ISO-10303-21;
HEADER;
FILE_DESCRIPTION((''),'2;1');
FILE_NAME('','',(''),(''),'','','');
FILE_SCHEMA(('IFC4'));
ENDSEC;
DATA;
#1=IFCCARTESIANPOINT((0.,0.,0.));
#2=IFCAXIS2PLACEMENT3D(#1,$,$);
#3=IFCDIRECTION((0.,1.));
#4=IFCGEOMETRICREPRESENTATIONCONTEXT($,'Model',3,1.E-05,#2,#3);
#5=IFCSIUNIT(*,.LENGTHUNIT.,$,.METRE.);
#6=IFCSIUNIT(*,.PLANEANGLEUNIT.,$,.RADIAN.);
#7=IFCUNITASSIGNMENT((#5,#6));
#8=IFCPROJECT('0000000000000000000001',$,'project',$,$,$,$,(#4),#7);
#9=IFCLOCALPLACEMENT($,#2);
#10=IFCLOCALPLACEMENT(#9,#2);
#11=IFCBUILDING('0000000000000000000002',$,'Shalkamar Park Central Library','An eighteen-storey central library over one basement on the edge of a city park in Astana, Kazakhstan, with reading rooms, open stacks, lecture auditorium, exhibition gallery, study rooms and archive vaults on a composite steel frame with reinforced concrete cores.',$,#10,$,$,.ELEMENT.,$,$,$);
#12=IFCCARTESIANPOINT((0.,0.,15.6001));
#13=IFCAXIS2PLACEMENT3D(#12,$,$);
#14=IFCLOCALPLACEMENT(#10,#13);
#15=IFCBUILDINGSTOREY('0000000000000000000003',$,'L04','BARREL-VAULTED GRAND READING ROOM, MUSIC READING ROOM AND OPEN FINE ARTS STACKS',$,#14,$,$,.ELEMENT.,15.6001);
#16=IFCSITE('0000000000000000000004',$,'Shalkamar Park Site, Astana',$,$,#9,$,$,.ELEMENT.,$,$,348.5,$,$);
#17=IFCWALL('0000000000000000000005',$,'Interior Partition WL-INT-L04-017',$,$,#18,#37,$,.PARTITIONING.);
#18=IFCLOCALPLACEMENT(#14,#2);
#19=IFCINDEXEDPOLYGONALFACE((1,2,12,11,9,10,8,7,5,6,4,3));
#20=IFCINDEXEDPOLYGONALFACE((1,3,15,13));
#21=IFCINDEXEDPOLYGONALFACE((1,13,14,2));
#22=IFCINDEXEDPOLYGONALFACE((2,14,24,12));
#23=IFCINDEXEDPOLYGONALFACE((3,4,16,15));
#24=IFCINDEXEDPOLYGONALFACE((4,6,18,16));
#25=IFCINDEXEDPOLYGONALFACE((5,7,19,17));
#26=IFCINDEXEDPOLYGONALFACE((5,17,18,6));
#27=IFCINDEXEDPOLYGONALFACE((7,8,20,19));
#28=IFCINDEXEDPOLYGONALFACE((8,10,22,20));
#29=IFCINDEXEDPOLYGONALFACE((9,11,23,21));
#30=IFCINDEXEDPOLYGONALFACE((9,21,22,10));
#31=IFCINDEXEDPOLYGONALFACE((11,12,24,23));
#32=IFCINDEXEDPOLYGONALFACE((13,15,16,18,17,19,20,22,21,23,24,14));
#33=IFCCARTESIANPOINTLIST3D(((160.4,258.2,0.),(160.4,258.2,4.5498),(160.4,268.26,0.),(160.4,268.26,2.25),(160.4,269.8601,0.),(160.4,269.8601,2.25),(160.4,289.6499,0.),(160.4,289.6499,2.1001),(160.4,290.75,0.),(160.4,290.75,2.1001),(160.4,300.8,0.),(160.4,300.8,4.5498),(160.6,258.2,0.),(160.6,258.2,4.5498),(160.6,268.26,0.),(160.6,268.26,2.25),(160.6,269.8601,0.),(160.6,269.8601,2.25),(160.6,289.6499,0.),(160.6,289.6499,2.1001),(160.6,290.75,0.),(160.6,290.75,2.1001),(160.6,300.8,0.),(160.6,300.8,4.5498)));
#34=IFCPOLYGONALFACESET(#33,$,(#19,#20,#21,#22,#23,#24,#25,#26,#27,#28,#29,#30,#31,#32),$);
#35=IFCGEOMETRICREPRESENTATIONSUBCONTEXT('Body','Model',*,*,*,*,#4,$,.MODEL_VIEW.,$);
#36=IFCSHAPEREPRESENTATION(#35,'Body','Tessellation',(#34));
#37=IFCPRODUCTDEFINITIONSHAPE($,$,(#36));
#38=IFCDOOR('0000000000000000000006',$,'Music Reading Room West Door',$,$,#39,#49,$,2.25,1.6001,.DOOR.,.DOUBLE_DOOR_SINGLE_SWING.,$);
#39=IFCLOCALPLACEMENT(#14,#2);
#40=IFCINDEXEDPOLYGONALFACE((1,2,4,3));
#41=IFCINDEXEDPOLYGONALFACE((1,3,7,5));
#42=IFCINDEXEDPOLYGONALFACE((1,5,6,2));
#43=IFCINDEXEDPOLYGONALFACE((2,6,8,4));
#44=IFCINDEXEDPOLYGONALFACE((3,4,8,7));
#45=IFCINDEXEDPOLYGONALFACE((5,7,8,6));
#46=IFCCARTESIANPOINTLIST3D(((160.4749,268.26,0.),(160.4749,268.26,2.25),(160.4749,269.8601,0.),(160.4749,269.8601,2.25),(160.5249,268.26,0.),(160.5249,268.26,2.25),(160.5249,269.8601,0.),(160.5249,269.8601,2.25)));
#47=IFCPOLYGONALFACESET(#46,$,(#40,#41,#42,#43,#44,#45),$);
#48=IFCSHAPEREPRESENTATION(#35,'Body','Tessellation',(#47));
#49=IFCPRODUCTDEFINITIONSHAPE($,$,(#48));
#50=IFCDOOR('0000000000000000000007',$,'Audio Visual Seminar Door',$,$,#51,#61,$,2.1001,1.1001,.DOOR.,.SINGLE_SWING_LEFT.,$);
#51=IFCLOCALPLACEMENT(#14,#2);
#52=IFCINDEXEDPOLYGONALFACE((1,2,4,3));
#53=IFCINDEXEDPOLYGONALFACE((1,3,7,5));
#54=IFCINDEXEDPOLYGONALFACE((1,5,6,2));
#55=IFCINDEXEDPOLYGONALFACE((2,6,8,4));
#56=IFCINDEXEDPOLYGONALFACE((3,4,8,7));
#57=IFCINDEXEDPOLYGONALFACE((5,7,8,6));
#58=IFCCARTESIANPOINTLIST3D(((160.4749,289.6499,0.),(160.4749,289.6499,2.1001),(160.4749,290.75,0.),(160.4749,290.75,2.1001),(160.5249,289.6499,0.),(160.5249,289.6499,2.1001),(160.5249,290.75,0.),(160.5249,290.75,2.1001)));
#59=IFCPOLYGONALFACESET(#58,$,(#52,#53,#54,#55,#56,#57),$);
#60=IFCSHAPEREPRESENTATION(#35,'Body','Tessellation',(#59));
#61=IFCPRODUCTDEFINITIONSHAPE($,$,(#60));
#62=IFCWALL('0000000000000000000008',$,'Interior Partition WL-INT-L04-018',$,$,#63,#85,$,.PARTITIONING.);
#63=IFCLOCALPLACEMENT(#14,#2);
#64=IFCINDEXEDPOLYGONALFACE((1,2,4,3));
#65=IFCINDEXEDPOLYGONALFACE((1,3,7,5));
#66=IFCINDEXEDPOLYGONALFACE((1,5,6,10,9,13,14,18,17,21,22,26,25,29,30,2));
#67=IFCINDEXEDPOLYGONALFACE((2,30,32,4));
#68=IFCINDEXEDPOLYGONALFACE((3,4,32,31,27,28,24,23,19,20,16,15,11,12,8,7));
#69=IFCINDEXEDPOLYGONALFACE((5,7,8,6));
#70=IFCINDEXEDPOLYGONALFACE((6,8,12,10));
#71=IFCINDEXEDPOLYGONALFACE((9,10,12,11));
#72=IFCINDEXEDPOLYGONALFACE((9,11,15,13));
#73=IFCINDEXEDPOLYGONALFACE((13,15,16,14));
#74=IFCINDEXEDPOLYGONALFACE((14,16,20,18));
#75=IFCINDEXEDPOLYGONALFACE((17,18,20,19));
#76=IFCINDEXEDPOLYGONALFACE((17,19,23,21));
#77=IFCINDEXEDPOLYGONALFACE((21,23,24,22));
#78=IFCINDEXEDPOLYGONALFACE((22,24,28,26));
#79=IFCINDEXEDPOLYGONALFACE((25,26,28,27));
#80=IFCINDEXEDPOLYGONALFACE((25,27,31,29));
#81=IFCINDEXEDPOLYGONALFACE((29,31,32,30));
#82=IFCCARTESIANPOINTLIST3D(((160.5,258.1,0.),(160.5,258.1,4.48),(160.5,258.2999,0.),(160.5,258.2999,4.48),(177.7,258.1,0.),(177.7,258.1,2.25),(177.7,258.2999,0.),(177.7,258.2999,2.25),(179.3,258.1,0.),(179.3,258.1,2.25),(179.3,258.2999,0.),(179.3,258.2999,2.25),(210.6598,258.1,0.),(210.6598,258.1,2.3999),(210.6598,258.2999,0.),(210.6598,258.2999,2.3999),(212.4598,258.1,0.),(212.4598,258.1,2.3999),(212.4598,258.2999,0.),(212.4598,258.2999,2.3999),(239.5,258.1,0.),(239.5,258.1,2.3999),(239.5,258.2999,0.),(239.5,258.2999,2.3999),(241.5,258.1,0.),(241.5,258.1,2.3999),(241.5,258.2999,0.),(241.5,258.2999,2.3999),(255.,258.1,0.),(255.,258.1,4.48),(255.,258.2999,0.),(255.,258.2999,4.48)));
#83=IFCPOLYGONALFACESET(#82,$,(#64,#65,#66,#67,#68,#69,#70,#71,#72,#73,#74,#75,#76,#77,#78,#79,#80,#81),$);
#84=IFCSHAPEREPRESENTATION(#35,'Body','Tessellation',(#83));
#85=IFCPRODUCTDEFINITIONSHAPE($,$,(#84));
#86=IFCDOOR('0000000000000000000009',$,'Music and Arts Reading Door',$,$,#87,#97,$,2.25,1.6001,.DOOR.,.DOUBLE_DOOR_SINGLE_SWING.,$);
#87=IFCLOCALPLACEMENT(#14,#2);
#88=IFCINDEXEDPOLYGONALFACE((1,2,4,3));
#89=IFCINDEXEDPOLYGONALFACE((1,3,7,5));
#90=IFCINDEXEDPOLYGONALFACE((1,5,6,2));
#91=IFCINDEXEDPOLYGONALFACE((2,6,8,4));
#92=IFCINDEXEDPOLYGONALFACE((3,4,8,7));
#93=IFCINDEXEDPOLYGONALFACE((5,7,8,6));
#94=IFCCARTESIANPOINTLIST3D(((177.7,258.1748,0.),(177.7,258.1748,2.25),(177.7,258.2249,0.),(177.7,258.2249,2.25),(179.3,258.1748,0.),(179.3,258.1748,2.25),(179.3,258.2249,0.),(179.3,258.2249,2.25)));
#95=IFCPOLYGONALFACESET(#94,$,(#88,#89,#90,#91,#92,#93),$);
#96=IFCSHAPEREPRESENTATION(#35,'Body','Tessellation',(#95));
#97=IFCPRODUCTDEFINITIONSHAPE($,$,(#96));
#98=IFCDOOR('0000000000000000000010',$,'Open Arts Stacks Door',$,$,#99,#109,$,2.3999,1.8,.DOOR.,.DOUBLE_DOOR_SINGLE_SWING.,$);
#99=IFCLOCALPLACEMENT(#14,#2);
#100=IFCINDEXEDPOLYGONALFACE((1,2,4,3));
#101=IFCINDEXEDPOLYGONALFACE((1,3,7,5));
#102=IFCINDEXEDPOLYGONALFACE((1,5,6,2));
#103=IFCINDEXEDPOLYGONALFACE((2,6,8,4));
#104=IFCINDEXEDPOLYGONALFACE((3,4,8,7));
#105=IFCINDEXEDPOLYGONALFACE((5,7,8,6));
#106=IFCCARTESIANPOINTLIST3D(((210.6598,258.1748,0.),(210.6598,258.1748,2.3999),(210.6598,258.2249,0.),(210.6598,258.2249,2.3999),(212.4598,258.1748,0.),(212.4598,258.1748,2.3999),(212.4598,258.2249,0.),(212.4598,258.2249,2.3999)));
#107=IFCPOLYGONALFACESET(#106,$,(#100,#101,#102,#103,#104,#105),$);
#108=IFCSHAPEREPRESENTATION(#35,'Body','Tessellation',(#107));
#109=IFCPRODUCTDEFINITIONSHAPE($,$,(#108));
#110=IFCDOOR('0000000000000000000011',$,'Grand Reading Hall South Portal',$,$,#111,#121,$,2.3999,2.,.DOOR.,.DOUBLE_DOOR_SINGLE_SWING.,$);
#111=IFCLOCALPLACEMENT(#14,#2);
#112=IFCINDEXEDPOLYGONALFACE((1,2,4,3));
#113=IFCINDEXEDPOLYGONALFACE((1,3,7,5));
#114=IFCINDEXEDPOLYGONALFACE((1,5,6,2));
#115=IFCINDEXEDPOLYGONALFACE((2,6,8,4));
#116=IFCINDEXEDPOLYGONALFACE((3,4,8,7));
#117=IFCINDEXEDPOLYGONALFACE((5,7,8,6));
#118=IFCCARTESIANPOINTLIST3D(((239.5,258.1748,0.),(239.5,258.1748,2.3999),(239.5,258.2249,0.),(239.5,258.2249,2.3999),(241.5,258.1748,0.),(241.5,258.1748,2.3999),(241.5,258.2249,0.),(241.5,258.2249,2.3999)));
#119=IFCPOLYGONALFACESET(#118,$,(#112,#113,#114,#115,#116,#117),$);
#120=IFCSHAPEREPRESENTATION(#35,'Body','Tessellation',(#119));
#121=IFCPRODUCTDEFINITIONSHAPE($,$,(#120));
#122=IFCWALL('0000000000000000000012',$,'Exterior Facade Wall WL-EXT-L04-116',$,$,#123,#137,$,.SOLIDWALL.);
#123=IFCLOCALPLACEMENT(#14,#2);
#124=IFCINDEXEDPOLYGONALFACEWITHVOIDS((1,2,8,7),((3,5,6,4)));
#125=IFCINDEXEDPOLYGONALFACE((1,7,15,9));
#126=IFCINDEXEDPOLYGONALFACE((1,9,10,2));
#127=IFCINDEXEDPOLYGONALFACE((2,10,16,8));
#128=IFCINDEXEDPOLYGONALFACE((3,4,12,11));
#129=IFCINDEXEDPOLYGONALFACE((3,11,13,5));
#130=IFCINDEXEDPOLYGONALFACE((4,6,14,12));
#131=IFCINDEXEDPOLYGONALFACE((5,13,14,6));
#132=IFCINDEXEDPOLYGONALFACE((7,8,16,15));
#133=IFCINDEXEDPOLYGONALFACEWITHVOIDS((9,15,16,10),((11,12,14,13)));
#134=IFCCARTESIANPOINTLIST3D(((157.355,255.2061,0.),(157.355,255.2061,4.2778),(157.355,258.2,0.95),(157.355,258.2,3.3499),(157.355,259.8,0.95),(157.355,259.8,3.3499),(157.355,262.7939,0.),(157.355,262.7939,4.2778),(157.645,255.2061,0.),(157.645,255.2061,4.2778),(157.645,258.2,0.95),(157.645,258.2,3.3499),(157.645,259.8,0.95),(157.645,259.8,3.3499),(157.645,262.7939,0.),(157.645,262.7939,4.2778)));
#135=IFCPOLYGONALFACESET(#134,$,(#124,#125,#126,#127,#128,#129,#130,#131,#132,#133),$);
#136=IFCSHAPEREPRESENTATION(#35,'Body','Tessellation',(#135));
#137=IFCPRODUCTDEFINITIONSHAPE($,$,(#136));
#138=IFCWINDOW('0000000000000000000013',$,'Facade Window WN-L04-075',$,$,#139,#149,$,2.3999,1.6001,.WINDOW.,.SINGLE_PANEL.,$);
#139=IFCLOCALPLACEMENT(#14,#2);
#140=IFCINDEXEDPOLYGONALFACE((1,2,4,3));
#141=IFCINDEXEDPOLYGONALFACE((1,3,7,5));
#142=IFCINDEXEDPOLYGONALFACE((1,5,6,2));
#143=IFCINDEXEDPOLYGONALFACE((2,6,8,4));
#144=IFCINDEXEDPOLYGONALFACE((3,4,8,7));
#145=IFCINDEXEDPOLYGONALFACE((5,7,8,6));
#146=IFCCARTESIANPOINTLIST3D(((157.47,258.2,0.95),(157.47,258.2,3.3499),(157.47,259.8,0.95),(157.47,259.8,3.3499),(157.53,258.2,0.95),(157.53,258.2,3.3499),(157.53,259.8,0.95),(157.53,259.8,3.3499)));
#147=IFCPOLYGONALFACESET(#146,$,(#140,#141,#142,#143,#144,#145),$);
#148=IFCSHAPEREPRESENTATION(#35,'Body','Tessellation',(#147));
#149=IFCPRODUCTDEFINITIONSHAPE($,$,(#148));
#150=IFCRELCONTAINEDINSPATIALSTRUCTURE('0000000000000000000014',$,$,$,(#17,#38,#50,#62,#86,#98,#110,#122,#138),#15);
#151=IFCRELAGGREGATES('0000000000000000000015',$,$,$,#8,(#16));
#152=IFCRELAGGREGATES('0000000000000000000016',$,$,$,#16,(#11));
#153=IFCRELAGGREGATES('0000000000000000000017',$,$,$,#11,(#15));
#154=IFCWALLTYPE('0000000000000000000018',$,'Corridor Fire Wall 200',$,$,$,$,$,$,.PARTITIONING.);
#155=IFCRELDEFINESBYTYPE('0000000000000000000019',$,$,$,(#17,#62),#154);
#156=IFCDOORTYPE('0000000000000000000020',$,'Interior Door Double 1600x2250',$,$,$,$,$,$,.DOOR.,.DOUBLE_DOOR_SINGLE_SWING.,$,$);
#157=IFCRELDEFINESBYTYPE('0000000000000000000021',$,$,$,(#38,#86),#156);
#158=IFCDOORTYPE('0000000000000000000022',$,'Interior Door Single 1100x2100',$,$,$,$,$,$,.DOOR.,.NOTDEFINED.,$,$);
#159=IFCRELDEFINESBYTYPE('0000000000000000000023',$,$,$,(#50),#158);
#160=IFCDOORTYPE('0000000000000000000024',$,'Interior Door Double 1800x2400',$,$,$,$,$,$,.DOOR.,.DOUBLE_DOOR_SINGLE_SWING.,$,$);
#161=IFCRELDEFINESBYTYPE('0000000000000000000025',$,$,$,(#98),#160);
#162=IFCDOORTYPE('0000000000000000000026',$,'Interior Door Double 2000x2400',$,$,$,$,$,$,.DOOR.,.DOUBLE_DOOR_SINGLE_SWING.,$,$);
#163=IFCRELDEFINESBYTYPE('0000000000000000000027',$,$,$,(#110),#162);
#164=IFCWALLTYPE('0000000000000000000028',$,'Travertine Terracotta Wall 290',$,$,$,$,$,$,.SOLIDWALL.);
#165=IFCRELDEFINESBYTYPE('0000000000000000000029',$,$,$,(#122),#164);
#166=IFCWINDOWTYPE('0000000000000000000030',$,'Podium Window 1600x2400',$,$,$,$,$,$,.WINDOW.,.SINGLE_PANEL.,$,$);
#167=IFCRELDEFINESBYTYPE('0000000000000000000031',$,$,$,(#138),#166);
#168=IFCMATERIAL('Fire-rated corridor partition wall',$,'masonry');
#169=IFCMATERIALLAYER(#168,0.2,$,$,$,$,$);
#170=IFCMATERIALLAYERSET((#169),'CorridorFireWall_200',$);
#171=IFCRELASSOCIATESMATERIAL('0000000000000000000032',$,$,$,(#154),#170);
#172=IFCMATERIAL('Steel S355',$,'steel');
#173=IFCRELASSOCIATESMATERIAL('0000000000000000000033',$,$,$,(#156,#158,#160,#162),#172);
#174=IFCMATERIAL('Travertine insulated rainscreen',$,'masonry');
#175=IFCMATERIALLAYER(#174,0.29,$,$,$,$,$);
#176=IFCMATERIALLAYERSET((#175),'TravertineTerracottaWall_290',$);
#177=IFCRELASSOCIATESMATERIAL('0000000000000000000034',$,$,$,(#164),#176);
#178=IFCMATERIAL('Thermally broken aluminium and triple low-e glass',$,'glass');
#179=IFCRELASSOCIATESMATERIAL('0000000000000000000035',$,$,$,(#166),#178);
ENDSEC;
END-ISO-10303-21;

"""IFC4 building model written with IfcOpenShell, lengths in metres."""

from ifc_helpers import new_model, si_unit, direction, frame, frame_2d, origin, place, context, subcontext, project, spatial, rectangle, extrude, material, layer, layer_set, type_object, element, fill, save


model = new_model("IFC4")

# Units and contexts
model_context = context("Model", 3, precision=1e-05, world=origin(), true_north=direction((0.0, 1.0)))
body_context = subcontext(model_context, "Body", "Model", "MODEL_VIEW")
ifc_project = project(units=[si_unit("LENGTHUNIT", "METRE"), si_unit("PLANEANGLEUNIT", "RADIAN")], contexts=[model_context])

# Site, building, storey
site_placement = place(None, origin())
site = spatial("IfcSite", under=ifc_project, at=site_placement, Name="Shalkamar Park Site, Astana", CompositionType="ELEMENT", RefElevation=348.5)
building_placement = place(site_placement, origin())
building = spatial("IfcBuilding", under=site, at=building_placement, Name="Shalkamar Park Central Library", Description="An eighteen-storey central library over one basement on the edge of a city park in Astana, Kazakhstan, with reading rooms, open stacks, lecture auditorium, exhibition gallery, study rooms and archive vaults on a composite steel frame with reinforced concrete cores.", CompositionType="ELEMENT")
storey_placement = place(building_placement, frame((0.0, 0.0, 15.6001)))
storey = spatial("IfcBuildingStorey", under=building, at=storey_placement, Name="L04", Description="BARREL-VAULTED GRAND READING ROOM, MUSIC READING ROOM AND OPEN FINE ARTS STACKS", CompositionType="ELEMENT", Elevation=15.6001)

# Shared definitions
ifc_material_1 = material(Name="Steel S355", Category="steel")

# Walls, openings, doors
ifc_material_2 = material(Name="Fire-rated corridor partition wall", Category="masonry")
ifc_layer_1 = layer(ifc_material_2, 0.2)
ifc_layer_set_1 = layer_set([ifc_layer_1], Name="CorridorFireWall_200")
wall_type_1 = type_object("IfcWallType", Name="Corridor Fire Wall 200", PredefinedType="PARTITIONING", material=ifc_layer_set_1)
wall_1_placement = place(storey_placement, frame((160.5, 258.2, 0.0), z_axis=(0.0, 0.0, 1.0), x_axis=(0.0, 1.0, 0.0)))
wall_1 = element("IfcWall", 1, at=wall_1_placement, inside=storey, type_object=wall_type_1, Name="Interior Partition WL-INT-L04-017", PredefinedType="PARTITIONING", context=body_context, shape_type="SweptSolid", body=[
    extrude(rectangle(XDim=42.6001, YDim=0.2, at=frame_2d((21.3, 0.0))), origin(), (0.0, 0.0, 1.0), 4.5498),
])
opening_1_placement = place(wall_1_placement, frame((10.0601, 0.0, 0.0)))
opening_1 = element("IfcOpeningElement", 2, at=opening_1_placement, cuts=wall_1, PredefinedType="OPENING", context=body_context, shape_type="SweptSolid", body=[
    extrude(rectangle(XDim=1.6001, YDim=2.25, at=frame_2d((0.8, 1.125))), frame((0.0, 0.1147, 0.0), z_axis=(0.0, -1.0, 0.0), x_axis=(1.0, 0.0, 0.0)), (0.0, 0.0, 1.0), 0.2297),
])
opening_2_placement = place(wall_1_placement, frame((31.45, 0.0, 0.0)))
opening_2 = element("IfcOpeningElement", 3, at=opening_2_placement, cuts=wall_1, PredefinedType="OPENING", context=body_context, shape_type="SweptSolid", body=[
    extrude(rectangle(XDim=1.1001, YDim=2.1001, at=frame_2d((0.55, 1.05))), frame((0.0, 0.1147, 0.0), z_axis=(0.0, -1.0, 0.0), x_axis=(1.0, 0.0, 0.0)), (0.0, 0.0, 1.0), 0.2297),
])
door_type_1 = type_object("IfcDoorType", Name="Interior Door Double 1600x2250", OperationType="DOUBLE_DOOR_SINGLE_SWING", PredefinedType="DOOR", material=ifc_material_1)
door_1_placement = place(opening_1_placement, frame((1.6001, 0.0, 0.0), z_axis=(0.0, 0.0, 1.0), x_axis=(-1.0, 0.0, 0.0)))
door_1 = element("IfcDoor", 4, at=door_1_placement, inside=storey, type_object=door_type_1, Name="Music Reading Room West Door", OperationType="DOUBLE_DOOR_SINGLE_SWING", OverallHeight=2.25, OverallWidth=1.6001, PredefinedType="DOOR", context=body_context, shape_type="SweptSolid", body=[
    extrude(rectangle(XDim=1.6001, YDim=2.25, at=frame_2d((0.8, 1.125))), frame((0.0, 0.0249, 0.0), z_axis=(0.0, -1.0, 0.0), x_axis=(1.0, 0.0, 0.0)), (0.0, 0.0, 1.0), 0.05),
])
fill(opening_1, door_1)
door_type_2 = type_object("IfcDoorType", Name="Interior Door Single 1100x2100", OperationType="NOTDEFINED", PredefinedType="DOOR", material=ifc_material_1)
door_2_placement = place(opening_2_placement, frame((1.1001, 0.0, 0.0), z_axis=(0.0, 0.0, 1.0), x_axis=(-1.0, 0.0, 0.0)))
door_2 = element("IfcDoor", 5, at=door_2_placement, inside=storey, type_object=door_type_2, Name="Audio Visual Seminar Door", OperationType="SINGLE_SWING_LEFT", OverallHeight=2.1001, OverallWidth=1.1001, PredefinedType="DOOR", context=body_context, shape_type="SweptSolid", body=[
    extrude(rectangle(XDim=1.1001, YDim=2.1001, at=frame_2d((0.55, 1.05))), frame((0.0, 0.0249, 0.0), z_axis=(0.0, -1.0, 0.0), x_axis=(1.0, 0.0, 0.0)), (0.0, 0.0, 1.0), 0.05),
])
fill(opening_2, door_2)
wall_2_placement = place(storey_placement, frame((160.5, 258.2, 0.0), z_axis=(0.0, 0.0, 1.0), x_axis=(1.0, 0.0, 0.0)))
wall_2 = element("IfcWall", 6, at=wall_2_placement, inside=storey, type_object=wall_type_1, Name="Interior Partition WL-INT-L04-018", PredefinedType="PARTITIONING", context=body_context, shape_type="SweptSolid", body=[
    extrude(rectangle(XDim=94.5, YDim=0.2, at=frame_2d((47.25, 0.0))), origin(), (0.0, 0.0, 1.0), 4.48),
])
opening_3_placement = place(wall_2_placement, frame((17.2, 0.0, 0.0)))
opening_3 = element("IfcOpeningElement", 7, at=opening_3_placement, cuts=wall_2, PredefinedType="OPENING", context=body_context, shape_type="SweptSolid", body=[
    extrude(rectangle(XDim=1.6001, YDim=2.25, at=frame_2d((0.8, 1.125))), frame((0.0, 0.1147, 0.0), z_axis=(0.0, -1.0, 0.0), x_axis=(1.0, 0.0, 0.0)), (0.0, 0.0, 1.0), 0.2297),
])
opening_4_placement = place(wall_2_placement, frame((50.1599, 0.0, 0.0)))
opening_4 = element("IfcOpeningElement", 8, at=opening_4_placement, cuts=wall_2, PredefinedType="OPENING", context=body_context, shape_type="SweptSolid", body=[
    extrude(rectangle(XDim=1.8, YDim=2.3999, at=frame_2d((0.8999, 1.2))), frame((0.0, 0.1147, 0.0), z_axis=(0.0, -1.0, 0.0), x_axis=(1.0, 0.0, 0.0)), (0.0, 0.0, 1.0), 0.2297),
])
opening_5_placement = place(wall_2_placement, frame((79.0, 0.0, 0.0)))
opening_5 = element("IfcOpeningElement", 9, at=opening_5_placement, cuts=wall_2, PredefinedType="OPENING", context=body_context, shape_type="SweptSolid", body=[
    extrude(rectangle(XDim=2.0, YDim=2.3999, at=frame_2d((1.0, 1.2))), frame((0.0, 0.1147, 0.0), z_axis=(0.0, -1.0, 0.0), x_axis=(1.0, 0.0, 0.0)), (0.0, 0.0, 1.0), 0.2297),
])
door_3_placement = place(opening_3_placement, origin())
door_3 = element("IfcDoor", 10, at=door_3_placement, inside=storey, type_object=door_type_1, Name="Music and Arts Reading Door", OperationType="DOUBLE_DOOR_SINGLE_SWING", OverallHeight=2.25, OverallWidth=1.6001, PredefinedType="DOOR", context=body_context, shape_type="SweptSolid", body=[
    extrude(rectangle(XDim=1.6001, YDim=2.25, at=frame_2d((0.8, 1.125))), frame((0.0, 0.0249, 0.0), z_axis=(0.0, -1.0, 0.0), x_axis=(1.0, 0.0, 0.0)), (0.0, 0.0, 1.0), 0.05),
])
fill(opening_3, door_3)
door_type_3 = type_object("IfcDoorType", Name="Interior Door Double 1800x2400", OperationType="DOUBLE_DOOR_SINGLE_SWING", PredefinedType="DOOR", material=ifc_material_1)
door_4_placement = place(opening_4_placement, origin())
door_4 = element("IfcDoor", 11, at=door_4_placement, inside=storey, type_object=door_type_3, Name="Open Arts Stacks Door", OperationType="DOUBLE_DOOR_SINGLE_SWING", OverallHeight=2.3999, OverallWidth=1.8, PredefinedType="DOOR", context=body_context, shape_type="SweptSolid", body=[
    extrude(rectangle(XDim=1.8, YDim=2.3999, at=frame_2d((0.8999, 1.2))), frame((0.0, 0.0249, 0.0), z_axis=(0.0, -1.0, 0.0), x_axis=(1.0, 0.0, 0.0)), (0.0, 0.0, 1.0), 0.05),
])
fill(opening_4, door_4)
door_type_4 = type_object("IfcDoorType", Name="Interior Door Double 2000x2400", OperationType="DOUBLE_DOOR_SINGLE_SWING", PredefinedType="DOOR", material=ifc_material_1)
door_5_placement = place(opening_5_placement, origin())
door_5 = element("IfcDoor", 12, at=door_5_placement, inside=storey, type_object=door_type_4, Name="Grand Reading Hall South Portal", OperationType="DOUBLE_DOOR_SINGLE_SWING", OverallHeight=2.3999, OverallWidth=2.0, PredefinedType="DOOR", context=body_context, shape_type="SweptSolid", body=[
    extrude(rectangle(XDim=2.0, YDim=2.3999, at=frame_2d((1.0, 1.2))), frame((0.0, 0.0249, 0.0), z_axis=(0.0, -1.0, 0.0), x_axis=(1.0, 0.0, 0.0)), (0.0, 0.0, 1.0), 0.05),
])
fill(opening_5, door_5)

# Wall, opening, window
ifc_material_3 = material(Name="Travertine insulated rainscreen", Category="masonry")
ifc_layer_2 = layer(ifc_material_3, 0.29)
ifc_layer_set_2 = layer_set([ifc_layer_2], Name="TravertineTerracottaWall_290")
wall_type_2 = type_object("IfcWallType", Name="Travertine Terracotta Wall 290", PredefinedType="SOLIDWALL", material=ifc_layer_set_2)
wall_3_placement = place(storey_placement, frame((157.5, 255.2061, 0.0), z_axis=(0.0, 0.0, 1.0), x_axis=(0.0, 1.0, 0.0)))
wall_3 = element("IfcWall", 13, at=wall_3_placement, inside=storey, type_object=wall_type_2, Name="Exterior Facade Wall WL-EXT-L04-116", PredefinedType="SOLIDWALL", context=body_context, shape_type="SweptSolid", body=[
    extrude(rectangle(XDim=7.5879, YDim=0.29, at=frame_2d((3.7939, 0.0))), origin(), (0.0, 0.0, 1.0), 4.2778),
])
opening_6_placement = place(wall_3_placement, frame((2.9939, 0.0, 0.95)))
opening_6 = element("IfcOpeningElement", 14, at=opening_6_placement, cuts=wall_3, PredefinedType="OPENING", context=body_context, shape_type="SweptSolid", body=[
    extrude(rectangle(XDim=1.6001, YDim=2.3999, at=frame_2d((0.8, 1.2))), frame((0.0, 0.1599, 0.0), z_axis=(0.0, -1.0, 0.0), x_axis=(1.0, 0.0, 0.0)), (0.0, 0.0, 1.0), 0.3198),
])
ifc_material_4 = material(Name="Thermally broken aluminium and triple low-e glass", Category="glass")
window_type_1 = type_object("IfcWindowType", Name="Podium Window 1600x2400", PartitioningType="SINGLE_PANEL", PredefinedType="WINDOW", material=ifc_material_4)
window_1_placement = place(opening_6_placement, origin())
window_1 = element("IfcWindow", 15, at=window_1_placement, inside=storey, type_object=window_type_1, Name="Facade Window WN-L04-075", OverallHeight=2.3999, OverallWidth=1.6001, PartitioningType="SINGLE_PANEL", PredefinedType="WINDOW", context=body_context, shape_type="SweptSolid", body=[
    extrude(rectangle(XDim=1.6001, YDim=2.3999, at=frame_2d((0.8, 1.2))), frame((0.0, 0.03, 0.0), z_axis=(0.0, -1.0, 0.0), x_axis=(1.0, 0.0, 0.0)), (0.0, 0.0, 1.0), 0.0601),
])
fill(opening_6, window_1)

save(model, "model.ifc")
